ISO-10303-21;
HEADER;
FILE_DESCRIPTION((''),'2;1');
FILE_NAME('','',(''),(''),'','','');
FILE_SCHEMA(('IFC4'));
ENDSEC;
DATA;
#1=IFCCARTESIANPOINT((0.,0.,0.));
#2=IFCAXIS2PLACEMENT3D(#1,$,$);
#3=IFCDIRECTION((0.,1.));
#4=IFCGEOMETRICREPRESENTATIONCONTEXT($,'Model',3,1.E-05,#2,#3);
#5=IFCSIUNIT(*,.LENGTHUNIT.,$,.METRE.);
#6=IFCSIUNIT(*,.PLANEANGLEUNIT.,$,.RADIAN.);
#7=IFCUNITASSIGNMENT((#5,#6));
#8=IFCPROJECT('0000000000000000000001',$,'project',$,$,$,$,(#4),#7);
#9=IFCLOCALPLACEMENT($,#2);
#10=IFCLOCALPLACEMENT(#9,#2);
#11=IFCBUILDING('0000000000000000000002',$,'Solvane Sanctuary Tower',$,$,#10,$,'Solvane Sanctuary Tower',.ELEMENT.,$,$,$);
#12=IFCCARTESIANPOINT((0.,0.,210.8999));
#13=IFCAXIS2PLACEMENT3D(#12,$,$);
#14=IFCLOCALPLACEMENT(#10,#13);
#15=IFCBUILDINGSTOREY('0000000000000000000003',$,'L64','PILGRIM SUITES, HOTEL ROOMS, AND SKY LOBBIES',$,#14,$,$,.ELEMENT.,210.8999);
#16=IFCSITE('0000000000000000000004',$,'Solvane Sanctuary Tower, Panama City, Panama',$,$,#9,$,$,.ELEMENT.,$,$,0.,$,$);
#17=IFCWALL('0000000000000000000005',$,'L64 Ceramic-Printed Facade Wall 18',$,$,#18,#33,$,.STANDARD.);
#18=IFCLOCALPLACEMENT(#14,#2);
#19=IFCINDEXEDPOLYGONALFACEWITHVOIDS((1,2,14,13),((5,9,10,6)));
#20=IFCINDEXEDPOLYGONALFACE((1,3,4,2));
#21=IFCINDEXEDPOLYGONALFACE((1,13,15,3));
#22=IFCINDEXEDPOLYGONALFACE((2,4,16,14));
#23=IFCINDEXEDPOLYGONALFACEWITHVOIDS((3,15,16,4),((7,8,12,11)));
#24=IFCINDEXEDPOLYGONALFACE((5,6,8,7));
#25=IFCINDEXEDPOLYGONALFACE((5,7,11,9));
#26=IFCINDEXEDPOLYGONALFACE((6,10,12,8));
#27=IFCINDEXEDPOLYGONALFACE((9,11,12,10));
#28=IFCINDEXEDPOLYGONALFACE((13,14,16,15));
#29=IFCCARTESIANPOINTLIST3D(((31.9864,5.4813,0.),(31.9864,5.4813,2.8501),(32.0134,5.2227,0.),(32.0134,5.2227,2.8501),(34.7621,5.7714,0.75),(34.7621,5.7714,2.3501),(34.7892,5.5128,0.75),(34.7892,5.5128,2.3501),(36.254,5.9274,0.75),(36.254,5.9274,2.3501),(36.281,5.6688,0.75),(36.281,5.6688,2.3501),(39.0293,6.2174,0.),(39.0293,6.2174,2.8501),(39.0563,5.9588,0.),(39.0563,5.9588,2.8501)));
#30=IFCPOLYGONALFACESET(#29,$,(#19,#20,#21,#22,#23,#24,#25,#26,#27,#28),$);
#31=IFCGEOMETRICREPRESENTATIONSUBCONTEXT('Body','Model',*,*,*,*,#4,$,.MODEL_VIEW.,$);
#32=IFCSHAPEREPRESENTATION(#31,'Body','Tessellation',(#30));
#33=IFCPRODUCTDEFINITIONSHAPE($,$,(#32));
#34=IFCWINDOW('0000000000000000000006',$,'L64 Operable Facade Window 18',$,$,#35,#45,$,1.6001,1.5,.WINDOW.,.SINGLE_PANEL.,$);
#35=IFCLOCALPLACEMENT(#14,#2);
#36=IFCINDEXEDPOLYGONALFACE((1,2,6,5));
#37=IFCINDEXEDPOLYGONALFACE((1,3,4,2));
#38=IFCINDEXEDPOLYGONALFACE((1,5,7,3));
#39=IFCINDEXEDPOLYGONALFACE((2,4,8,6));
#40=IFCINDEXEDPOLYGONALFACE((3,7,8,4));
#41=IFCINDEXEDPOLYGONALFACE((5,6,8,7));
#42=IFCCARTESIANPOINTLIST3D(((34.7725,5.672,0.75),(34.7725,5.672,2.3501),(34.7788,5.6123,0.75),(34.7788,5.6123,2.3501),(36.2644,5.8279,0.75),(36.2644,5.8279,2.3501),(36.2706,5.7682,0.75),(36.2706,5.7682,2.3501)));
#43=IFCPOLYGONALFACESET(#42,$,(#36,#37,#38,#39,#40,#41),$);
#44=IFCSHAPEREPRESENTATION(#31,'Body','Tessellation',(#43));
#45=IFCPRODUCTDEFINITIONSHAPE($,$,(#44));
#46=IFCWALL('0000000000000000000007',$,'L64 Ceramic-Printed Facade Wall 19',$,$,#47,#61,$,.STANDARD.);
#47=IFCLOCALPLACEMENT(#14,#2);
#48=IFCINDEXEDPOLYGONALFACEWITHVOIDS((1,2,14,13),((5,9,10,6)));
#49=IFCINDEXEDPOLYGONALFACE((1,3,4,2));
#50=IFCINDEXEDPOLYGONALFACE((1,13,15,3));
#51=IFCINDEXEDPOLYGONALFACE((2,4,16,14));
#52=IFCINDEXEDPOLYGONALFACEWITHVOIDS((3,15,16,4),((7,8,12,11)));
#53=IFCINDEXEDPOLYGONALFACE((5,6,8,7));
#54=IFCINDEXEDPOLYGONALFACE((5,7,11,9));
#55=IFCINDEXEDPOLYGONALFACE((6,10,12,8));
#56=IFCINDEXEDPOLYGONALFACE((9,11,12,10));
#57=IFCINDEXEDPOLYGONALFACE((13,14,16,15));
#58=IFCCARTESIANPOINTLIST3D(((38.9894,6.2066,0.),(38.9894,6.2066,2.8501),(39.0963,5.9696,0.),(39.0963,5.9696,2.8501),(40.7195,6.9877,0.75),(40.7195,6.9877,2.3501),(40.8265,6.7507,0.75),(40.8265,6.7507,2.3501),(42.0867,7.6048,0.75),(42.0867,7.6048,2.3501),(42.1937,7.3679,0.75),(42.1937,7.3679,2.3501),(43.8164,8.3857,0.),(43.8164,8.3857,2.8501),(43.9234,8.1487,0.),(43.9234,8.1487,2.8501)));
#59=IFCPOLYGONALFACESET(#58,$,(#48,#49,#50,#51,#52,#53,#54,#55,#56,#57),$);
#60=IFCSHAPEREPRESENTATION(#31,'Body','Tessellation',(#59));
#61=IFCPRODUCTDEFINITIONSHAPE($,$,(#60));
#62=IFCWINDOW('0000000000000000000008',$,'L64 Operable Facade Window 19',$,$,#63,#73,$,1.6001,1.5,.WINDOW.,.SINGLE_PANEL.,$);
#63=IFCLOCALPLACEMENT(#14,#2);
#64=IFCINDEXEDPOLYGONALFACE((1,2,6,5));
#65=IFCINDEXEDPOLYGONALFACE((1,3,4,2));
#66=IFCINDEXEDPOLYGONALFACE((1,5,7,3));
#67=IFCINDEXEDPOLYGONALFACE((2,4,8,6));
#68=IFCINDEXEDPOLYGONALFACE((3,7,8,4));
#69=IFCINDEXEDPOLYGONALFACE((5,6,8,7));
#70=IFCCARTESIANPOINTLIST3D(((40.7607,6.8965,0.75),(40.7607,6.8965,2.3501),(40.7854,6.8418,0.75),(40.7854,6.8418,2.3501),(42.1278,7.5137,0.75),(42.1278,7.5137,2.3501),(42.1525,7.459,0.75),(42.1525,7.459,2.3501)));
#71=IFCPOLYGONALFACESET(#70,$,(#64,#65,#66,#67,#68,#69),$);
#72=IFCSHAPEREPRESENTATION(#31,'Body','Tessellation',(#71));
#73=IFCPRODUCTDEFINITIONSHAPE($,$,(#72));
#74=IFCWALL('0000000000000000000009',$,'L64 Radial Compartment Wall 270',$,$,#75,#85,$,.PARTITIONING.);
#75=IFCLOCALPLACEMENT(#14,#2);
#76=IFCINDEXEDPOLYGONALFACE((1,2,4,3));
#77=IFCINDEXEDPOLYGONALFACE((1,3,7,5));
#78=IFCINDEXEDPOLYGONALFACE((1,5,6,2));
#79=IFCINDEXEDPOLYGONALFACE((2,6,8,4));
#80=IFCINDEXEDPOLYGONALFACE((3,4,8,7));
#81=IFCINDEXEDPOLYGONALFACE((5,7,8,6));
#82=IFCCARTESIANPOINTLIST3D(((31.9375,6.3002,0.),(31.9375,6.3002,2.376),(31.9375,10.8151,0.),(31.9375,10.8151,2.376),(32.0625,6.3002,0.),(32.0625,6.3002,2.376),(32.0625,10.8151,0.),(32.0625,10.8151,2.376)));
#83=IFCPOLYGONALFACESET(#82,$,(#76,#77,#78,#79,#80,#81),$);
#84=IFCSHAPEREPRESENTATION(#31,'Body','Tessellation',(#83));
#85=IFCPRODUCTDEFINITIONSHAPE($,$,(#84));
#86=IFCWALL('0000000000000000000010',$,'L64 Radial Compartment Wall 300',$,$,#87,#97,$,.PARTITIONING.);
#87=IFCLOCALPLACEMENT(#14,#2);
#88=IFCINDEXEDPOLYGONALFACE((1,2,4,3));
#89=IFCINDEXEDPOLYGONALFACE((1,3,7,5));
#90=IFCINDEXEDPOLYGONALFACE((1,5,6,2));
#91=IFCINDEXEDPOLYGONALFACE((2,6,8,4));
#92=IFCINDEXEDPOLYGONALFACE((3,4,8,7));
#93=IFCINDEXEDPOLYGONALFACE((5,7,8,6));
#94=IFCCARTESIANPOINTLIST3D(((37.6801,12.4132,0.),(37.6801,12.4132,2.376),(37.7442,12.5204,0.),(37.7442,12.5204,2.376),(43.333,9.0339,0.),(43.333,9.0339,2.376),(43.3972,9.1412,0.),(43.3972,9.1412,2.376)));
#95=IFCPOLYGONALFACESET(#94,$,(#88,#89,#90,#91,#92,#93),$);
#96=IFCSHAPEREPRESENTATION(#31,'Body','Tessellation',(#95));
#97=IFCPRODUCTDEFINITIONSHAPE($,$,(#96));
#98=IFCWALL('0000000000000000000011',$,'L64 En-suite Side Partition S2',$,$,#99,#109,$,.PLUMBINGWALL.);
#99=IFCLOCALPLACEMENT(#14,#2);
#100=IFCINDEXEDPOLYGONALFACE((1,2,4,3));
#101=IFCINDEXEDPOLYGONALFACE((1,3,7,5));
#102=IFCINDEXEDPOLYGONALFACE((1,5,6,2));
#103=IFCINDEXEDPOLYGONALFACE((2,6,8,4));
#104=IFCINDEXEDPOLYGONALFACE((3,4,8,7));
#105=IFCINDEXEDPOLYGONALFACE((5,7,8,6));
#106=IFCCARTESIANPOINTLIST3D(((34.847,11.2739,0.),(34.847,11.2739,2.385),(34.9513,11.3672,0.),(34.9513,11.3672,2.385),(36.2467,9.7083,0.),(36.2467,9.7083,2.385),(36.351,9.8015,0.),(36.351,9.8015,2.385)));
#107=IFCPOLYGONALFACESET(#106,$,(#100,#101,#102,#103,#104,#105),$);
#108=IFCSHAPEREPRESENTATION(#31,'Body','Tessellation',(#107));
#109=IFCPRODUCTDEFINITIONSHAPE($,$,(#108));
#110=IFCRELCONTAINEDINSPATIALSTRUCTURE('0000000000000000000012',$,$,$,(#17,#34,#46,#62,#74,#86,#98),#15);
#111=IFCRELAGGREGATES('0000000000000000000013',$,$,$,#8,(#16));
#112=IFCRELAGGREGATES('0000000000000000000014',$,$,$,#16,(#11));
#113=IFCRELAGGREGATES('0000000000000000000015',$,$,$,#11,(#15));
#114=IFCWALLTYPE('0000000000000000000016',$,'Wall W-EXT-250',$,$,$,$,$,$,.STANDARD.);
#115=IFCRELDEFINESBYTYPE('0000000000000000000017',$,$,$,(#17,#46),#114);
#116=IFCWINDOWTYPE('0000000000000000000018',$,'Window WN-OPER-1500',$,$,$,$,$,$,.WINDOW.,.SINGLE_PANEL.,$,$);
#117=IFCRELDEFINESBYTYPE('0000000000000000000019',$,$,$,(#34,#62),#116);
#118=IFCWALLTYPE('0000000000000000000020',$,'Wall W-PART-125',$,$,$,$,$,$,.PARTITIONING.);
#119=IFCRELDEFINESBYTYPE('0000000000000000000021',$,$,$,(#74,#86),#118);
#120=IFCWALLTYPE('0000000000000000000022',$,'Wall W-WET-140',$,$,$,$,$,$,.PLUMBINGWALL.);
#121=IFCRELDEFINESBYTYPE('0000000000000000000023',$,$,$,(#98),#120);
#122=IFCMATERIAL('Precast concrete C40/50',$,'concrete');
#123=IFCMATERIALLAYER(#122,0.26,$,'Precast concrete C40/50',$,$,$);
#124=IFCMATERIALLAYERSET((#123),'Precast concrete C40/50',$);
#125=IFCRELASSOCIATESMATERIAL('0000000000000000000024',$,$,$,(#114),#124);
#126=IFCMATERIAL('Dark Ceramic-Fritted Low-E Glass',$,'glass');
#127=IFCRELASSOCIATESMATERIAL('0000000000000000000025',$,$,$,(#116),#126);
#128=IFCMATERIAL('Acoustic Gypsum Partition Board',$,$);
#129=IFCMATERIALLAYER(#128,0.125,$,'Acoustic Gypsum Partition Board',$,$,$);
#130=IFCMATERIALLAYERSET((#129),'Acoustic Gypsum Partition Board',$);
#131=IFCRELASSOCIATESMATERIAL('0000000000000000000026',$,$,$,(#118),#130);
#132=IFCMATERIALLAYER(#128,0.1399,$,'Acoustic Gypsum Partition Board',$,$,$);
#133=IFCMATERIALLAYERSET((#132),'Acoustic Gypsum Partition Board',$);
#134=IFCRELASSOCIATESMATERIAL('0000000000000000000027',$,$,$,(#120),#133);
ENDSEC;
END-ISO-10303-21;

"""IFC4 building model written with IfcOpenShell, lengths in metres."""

from ifc_helpers import new_model, si_unit, direction, frame, frame_2d, origin, place, context, subcontext, project, spatial, rectangle, extrude, material, layer, layer_set, type_object, element, fill, save


model = new_model("IFC4")

# Units and contexts
model_context = context("Model", 3, precision=1e-05, world=origin(), true_north=direction((0.0, 1.0)))
body_context = subcontext(model_context, "Body", "Model", "MODEL_VIEW")
ifc_project = project(units=[si_unit("LENGTHUNIT", "METRE"), si_unit("PLANEANGLEUNIT", "RADIAN")], contexts=[model_context])

# Site, building, storey
site_placement = place(None, origin())
site = spatial("IfcSite", under=ifc_project, at=site_placement, Name="Solvane Sanctuary Tower, Panama City, Panama", CompositionType="ELEMENT", RefElevation=0.0)
building_placement = place(site_placement, origin())
building = spatial("IfcBuilding", under=site, at=building_placement, Name="Solvane Sanctuary Tower", LongName="Solvane Sanctuary Tower", CompositionType="ELEMENT")
storey_placement = place(building_placement, frame((0.0, 0.0, 210.8999)))
storey = spatial("IfcBuildingStorey", under=building, at=storey_placement, Name="L64", Description="PILGRIM SUITES, HOTEL ROOMS, AND SKY LOBBIES", CompositionType="ELEMENT", Elevation=210.8999)

# Shared definitions
ifc_material_1 = material(Name="Acoustic Gypsum Partition Board")

# Walls, openings, windows
ifc_material_2 = material(Name="Precast concrete C40/50", Category="concrete")
ifc_layer_1 = layer(ifc_material_2, 0.26, Name="Precast concrete C40/50")
ifc_layer_set_1 = layer_set([ifc_layer_1], Name="Precast concrete C40/50")
wall_type_1 = type_object("IfcWallType", Name="Wall W-EXT-250", PredefinedType="STANDARD", material=ifc_layer_set_1)
wall_1_placement = place(storey_placement, frame((32.0, 5.3521, 0.0), z_axis=(0.0, 0.0, 1.0), x_axis=(0.994583, 0.103947, 0.0)))
wall_1 = element("IfcWall", 1, at=wall_1_placement, inside=storey, type_object=wall_type_1, Name="L64 Ceramic-Printed Facade Wall 18", PredefinedType="STANDARD", context=body_context, shape_type="SweptSolid", body=[
    extrude(rectangle(XDim=7.0813, YDim=0.26, at=frame_2d((3.5405, 0.0))), origin(), (0.0, 0.0, 1.0), 2.8501),
])
opening_1_placement = place(wall_1_placement, frame((2.7908, 0.0, 0.75)))
opening_1 = element("IfcOpeningElement", 2, at=opening_1_placement, cuts=wall_1, PredefinedType="OPENING", context=body_context, shape_type="SweptSolid", body=[
    extrude(rectangle(XDim=1.5, YDim=1.6001, at=frame_2d((0.75, 0.8))), frame((0.0, 0.1399, 0.0), z_axis=(0.0, -1.0, 0.0), x_axis=(1.0, 0.0, 0.0)), (0.0, 0.0, 1.0), 0.28),
])
ifc_material_3 = material(Name="Dark Ceramic-Fritted Low-E Glass", Category="glass")
window_type = type_object("IfcWindowType", Name="Window WN-OPER-1500", PartitioningType="SINGLE_PANEL", PredefinedType="WINDOW", material=ifc_material_3)
window_1_placement = place(opening_1_placement, origin())
window_1 = element("IfcWindow", 3, at=window_1_placement, inside=storey, type_object=window_type, Name="L64 Operable Facade Window 18", OverallHeight=1.6001, OverallWidth=1.5, PartitioningType="SINGLE_PANEL", PredefinedType="WINDOW", context=body_context, shape_type="SweptSolid", body=[
    extrude(rectangle(XDim=1.5, YDim=1.6001, at=frame_2d((0.75, 0.8))), frame((0.0, 0.03, 0.0), z_axis=(0.0, -1.0, 0.0), x_axis=(1.0, 0.0, 0.0)), (0.0, 0.0, 1.0), 0.0601),
])
fill(opening_1, window_1)
wall_2_placement = place(storey_placement, frame((39.043, 6.0881, 0.0), z_axis=(0.0, 0.0, 1.0), x_axis=(0.911427, 0.411461, 0.0)))
wall_2 = element("IfcWall", 4, at=wall_2_placement, inside=storey, type_object=wall_type_1, Name="L64 Ceramic-Printed Facade Wall 19", PredefinedType="STANDARD", context=body_context, shape_type="SweptSolid", body=[
    extrude(rectangle(XDim=5.2961, YDim=0.26, at=frame_2d((2.6479, 0.0))), origin(), (0.0, 0.0, 1.0), 2.8501),
])
opening_2_placement = place(wall_2_placement, frame((1.8982, 0.0, 0.75)))
opening_2 = element("IfcOpeningElement", 5, at=opening_2_placement, cuts=wall_2, PredefinedType="OPENING", context=body_context, shape_type="SweptSolid", body=[
    extrude(rectangle(XDim=1.5, YDim=1.6001, at=frame_2d((0.75, 0.8))), frame((0.0, 0.1399, 0.0), z_axis=(0.0, -1.0, 0.0), x_axis=(1.0, 0.0, 0.0)), (0.0, 0.0, 1.0), 0.28),
])
window_2_placement = place(opening_2_placement, origin())
window_2 = element("IfcWindow", 6, at=window_2_placement, inside=storey, type_object=window_type, Name="L64 Operable Facade Window 19", OverallHeight=1.6001, OverallWidth=1.5, PartitioningType="SINGLE_PANEL", PredefinedType="WINDOW", context=body_context, shape_type="SweptSolid", body=[
    extrude(rectangle(XDim=1.5, YDim=1.6001, at=frame_2d((0.75, 0.8))), frame((0.0, 0.03, 0.0), z_axis=(0.0, -1.0, 0.0), x_axis=(1.0, 0.0, 0.0)), (0.0, 0.0, 1.0), 0.0601),
])
fill(opening_2, window_2)

# Walls
ifc_layer_2 = layer(ifc_material_1, 0.125, Name="Acoustic Gypsum Partition Board")
ifc_layer_set_2 = layer_set([ifc_layer_2], Name="Acoustic Gypsum Partition Board")
wall_type_2 = type_object("IfcWallType", Name="Wall W-PART-125", PredefinedType="PARTITIONING", material=ifc_layer_set_2)
wall_3_placement = place(storey_placement, frame((32.0, 10.8149, 0.0), z_axis=(0.0, 0.0, 1.0), x_axis=(0.0, -1.0, 0.0)))
element("IfcWall", 7, at=wall_3_placement, inside=storey, type_object=wall_type_2, Name="L64 Radial Compartment Wall 270", PredefinedType="PARTITIONING", context=body_context, shape_type="SweptSolid", body=[
    extrude(rectangle(XDim=4.5149, YDim=0.125, at=frame_2d((2.2573, 0.0))), origin(), (0.0, 0.0, 1.0), 2.376),
])
wall_4_placement = place(storey_placement, frame((37.7122, 12.4668, 0.0), z_axis=(0.0, 0.0, 1.0), x_axis=(0.858332, -0.513094, 0.0)))
element("IfcWall", 8, at=wall_4_placement, inside=storey, type_object=wall_type_2, Name="L64 Radial Compartment Wall 300", PredefinedType="PARTITIONING", context=body_context, shape_type="SweptSolid", body=[
    extrude(rectangle(XDim=6.5859, YDim=0.125, at=frame_2d((3.293, 0.0))), origin(), (0.0, 0.0, 1.0), 2.376),
])
ifc_layer_3 = layer(ifc_material_1, 0.1399, Name="Acoustic Gypsum Partition Board")
ifc_layer_set_3 = layer_set([ifc_layer_3], Name="Acoustic Gypsum Partition Board")
wall_type_3 = type_object("IfcWallType", Name="Wall W-WET-140", PredefinedType="PLUMBINGWALL", material=ifc_layer_set_3)
wall_5_placement = place(storey_placement, frame((34.8992, 11.3206, 0.0), z_axis=(0.0, 0.0, 1.0), x_axis=(0.666475, -0.745527, 0.0)))
element("IfcWall", 9, at=wall_5_placement, inside=storey, type_object=wall_type_3, Name="L64 En-suite Side Partition S2", PredefinedType="PLUMBINGWALL", context=body_context, shape_type="SweptSolid", body=[
    extrude(rectangle(XDim=2.1001, YDim=0.1399, at=frame_2d((1.05, 0.0))), origin(), (0.0, 0.0, 1.0), 2.385),
])

save(model, "model.ifc")
